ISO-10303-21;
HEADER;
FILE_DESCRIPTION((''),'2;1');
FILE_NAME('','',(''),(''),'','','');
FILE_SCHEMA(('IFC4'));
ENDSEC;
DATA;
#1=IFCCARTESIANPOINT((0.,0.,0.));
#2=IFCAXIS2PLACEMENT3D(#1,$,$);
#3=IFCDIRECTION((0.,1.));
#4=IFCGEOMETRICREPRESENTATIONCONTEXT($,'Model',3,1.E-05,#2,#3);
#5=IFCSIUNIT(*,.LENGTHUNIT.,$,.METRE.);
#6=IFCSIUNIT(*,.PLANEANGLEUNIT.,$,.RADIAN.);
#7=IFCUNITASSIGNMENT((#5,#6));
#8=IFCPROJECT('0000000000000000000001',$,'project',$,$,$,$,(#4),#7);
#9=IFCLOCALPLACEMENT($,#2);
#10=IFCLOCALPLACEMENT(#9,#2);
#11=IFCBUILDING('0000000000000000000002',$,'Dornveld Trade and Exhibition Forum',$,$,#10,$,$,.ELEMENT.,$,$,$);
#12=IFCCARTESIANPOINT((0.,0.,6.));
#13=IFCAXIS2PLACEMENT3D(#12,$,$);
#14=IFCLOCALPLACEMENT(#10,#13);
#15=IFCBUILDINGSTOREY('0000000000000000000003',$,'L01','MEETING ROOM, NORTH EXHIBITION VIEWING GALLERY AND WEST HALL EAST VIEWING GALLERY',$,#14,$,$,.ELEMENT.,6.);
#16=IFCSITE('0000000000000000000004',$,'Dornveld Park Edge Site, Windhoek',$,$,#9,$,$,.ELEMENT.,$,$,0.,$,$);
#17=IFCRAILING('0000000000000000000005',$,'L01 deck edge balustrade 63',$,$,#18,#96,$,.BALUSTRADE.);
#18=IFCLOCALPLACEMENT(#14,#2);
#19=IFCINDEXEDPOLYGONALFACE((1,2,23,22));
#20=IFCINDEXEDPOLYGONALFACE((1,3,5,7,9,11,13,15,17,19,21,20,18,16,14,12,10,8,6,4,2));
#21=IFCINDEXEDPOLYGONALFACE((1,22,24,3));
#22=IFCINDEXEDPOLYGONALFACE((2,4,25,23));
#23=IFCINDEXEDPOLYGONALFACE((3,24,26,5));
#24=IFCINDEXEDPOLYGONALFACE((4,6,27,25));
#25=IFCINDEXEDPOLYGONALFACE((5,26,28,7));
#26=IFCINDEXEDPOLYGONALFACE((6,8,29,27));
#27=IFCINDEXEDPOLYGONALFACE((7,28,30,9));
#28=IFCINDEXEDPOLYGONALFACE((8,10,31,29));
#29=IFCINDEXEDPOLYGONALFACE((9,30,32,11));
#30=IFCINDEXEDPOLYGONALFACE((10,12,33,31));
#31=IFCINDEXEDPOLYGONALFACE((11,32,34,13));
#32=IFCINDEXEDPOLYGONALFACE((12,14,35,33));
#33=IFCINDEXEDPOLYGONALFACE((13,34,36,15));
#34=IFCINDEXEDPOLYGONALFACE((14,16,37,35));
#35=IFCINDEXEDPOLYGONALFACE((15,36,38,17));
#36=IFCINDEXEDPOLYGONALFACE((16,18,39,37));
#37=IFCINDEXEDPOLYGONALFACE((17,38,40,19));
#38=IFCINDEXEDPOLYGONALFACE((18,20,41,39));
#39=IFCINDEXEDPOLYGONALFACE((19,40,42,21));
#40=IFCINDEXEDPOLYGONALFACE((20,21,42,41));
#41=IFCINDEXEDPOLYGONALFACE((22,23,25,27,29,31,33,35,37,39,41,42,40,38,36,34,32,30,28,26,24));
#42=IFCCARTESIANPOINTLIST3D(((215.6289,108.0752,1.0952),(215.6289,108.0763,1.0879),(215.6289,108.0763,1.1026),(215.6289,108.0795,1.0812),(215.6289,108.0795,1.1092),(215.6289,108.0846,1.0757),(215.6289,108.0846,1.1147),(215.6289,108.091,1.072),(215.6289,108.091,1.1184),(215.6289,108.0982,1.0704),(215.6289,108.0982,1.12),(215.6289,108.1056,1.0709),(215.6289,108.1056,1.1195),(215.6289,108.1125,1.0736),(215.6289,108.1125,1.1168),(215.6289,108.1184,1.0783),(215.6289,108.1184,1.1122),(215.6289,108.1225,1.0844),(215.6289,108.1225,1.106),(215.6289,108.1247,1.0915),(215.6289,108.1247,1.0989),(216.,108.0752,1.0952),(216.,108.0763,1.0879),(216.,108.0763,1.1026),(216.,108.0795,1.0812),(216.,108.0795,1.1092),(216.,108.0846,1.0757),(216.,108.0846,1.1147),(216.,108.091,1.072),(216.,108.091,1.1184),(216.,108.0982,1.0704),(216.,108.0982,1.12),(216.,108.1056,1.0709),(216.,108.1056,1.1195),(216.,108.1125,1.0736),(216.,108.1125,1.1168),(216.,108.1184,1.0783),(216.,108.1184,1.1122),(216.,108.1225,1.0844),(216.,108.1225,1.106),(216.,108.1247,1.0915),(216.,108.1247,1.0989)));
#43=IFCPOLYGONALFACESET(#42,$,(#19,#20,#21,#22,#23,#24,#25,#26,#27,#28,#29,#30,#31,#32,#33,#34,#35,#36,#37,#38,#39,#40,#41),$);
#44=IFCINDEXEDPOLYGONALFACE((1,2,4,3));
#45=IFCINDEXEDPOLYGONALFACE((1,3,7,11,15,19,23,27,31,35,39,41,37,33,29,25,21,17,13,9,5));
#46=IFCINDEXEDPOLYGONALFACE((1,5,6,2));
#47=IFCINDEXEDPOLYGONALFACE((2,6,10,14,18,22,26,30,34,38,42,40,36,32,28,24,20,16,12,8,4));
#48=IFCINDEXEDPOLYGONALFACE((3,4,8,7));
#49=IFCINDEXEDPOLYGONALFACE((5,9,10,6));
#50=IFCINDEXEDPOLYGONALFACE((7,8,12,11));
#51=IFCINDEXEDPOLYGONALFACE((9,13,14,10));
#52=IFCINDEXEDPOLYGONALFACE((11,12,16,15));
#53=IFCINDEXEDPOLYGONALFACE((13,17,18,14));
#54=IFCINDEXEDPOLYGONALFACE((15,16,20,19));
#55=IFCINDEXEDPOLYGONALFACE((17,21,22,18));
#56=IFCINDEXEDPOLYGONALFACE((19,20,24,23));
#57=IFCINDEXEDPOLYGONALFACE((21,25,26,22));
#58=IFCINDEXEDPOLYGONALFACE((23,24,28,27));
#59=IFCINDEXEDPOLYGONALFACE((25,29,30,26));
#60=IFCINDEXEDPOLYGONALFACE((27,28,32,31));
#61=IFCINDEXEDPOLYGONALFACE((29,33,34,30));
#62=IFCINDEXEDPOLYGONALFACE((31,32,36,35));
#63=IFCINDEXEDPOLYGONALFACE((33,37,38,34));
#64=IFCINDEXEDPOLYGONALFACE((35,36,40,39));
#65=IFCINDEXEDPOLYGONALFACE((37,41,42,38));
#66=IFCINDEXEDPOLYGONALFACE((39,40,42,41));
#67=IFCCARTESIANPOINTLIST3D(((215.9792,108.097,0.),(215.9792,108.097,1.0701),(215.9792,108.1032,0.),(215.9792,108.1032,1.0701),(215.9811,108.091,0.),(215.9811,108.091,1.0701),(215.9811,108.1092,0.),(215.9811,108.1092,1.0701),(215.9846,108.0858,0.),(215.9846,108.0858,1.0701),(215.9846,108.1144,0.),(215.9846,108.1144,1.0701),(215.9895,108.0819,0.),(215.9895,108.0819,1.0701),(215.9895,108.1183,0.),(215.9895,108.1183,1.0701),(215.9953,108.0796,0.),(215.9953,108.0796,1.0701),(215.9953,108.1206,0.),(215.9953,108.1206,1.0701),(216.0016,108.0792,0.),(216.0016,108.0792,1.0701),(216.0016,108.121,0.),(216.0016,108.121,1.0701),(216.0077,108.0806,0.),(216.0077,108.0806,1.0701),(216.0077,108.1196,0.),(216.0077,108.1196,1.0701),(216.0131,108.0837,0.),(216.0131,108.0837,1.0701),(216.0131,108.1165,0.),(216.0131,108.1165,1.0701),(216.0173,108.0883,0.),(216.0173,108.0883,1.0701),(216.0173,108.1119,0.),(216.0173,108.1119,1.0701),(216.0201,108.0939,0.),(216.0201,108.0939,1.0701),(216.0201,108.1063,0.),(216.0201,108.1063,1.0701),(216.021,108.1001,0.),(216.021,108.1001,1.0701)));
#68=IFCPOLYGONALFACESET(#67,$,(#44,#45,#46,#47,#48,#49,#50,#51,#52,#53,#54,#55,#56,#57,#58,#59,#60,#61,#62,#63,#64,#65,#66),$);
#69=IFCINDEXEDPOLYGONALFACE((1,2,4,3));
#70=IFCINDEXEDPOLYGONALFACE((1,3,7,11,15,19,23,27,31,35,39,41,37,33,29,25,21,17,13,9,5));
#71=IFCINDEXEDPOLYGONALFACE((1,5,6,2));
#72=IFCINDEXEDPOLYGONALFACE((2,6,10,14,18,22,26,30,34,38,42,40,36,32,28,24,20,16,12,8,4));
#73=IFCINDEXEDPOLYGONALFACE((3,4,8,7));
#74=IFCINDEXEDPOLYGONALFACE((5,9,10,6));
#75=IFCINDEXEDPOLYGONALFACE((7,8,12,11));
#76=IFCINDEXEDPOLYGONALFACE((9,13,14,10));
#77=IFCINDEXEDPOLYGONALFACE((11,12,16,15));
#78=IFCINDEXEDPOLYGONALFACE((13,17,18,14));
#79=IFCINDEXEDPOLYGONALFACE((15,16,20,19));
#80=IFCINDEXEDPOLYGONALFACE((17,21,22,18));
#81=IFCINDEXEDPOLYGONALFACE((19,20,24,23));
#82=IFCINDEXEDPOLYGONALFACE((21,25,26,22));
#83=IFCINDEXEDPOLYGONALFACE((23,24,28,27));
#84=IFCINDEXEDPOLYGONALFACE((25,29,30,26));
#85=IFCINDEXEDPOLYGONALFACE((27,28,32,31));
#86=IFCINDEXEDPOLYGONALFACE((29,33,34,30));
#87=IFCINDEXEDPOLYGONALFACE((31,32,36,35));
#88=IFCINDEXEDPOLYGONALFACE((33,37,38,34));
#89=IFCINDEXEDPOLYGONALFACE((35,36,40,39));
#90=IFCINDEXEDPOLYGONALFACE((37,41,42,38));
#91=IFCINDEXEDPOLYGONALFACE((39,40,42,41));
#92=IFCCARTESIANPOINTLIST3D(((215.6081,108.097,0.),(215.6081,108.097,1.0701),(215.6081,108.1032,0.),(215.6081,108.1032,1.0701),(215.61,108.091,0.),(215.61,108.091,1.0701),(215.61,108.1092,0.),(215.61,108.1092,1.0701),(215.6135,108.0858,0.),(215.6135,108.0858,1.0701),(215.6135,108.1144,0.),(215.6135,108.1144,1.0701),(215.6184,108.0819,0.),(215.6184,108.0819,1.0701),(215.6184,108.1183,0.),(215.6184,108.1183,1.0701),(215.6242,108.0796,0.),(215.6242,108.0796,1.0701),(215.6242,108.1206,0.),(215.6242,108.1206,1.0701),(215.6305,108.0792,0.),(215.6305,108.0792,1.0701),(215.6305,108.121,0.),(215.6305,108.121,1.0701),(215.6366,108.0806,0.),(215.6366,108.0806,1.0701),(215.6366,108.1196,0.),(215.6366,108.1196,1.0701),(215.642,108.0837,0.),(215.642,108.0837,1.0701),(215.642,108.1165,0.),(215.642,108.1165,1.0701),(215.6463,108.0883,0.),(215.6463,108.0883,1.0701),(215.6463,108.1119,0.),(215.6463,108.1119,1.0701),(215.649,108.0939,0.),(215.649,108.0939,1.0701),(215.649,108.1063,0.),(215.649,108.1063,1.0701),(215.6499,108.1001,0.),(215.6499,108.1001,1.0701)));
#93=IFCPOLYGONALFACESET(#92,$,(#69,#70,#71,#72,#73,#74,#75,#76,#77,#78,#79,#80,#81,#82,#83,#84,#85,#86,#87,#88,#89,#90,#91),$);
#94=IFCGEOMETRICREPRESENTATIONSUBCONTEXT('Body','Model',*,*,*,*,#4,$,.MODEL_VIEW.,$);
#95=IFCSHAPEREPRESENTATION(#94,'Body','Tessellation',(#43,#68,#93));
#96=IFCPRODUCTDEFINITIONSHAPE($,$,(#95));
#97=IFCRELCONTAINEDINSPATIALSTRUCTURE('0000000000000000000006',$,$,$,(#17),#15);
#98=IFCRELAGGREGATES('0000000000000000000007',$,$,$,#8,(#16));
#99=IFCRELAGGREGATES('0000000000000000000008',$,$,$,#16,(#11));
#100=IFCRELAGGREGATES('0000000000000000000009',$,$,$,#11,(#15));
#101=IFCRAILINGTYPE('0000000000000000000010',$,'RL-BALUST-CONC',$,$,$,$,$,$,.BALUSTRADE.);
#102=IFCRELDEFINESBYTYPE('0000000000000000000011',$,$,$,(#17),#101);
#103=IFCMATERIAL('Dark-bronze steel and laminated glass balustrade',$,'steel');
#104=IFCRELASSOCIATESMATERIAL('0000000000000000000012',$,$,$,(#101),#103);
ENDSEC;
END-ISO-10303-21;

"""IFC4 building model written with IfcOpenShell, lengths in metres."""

from ifc_helpers import new_model, si_unit, direction, frame, origin, origin_2d, place, context, subcontext, project, spatial, circle, extrude, material, type_object, element, save


model = new_model("IFC4")

# Units and contexts
model_context = context("Model", 3, precision=1e-05, world=origin(), true_north=direction((0.0, 1.0)))
body_context = subcontext(model_context, "Body", "Model", "MODEL_VIEW")
ifc_project = project(units=[si_unit("LENGTHUNIT", "METRE"), si_unit("PLANEANGLEUNIT", "RADIAN")], contexts=[model_context])

# Site, building, storey
site_placement = place(None, origin())
site = spatial("IfcSite", under=ifc_project, at=site_placement, Name="Dornveld Park Edge Site, Windhoek", CompositionType="ELEMENT", RefElevation=0.0)
building_placement = place(site_placement, origin())
building = spatial("IfcBuilding", under=site, at=building_placement, Name="Dornveld Trade and Exhibition Forum", CompositionType="ELEMENT")
storey_placement = place(building_placement, frame((0.0, 0.0, 6.0)))
storey = spatial("IfcBuildingStorey", under=building, at=storey_placement, Name="L01", Description="MEETING ROOM, NORTH EXHIBITION VIEWING GALLERY AND WEST HALL EAST VIEWING GALLERY", CompositionType="ELEMENT", Elevation=6.0)

# Railing
ifc_material_1 = material(Name="Dark-bronze steel and laminated glass balustrade", Category="steel")
railing_type = type_object("IfcRailingType", Name="RL-BALUST-CONC", PredefinedType="BALUSTRADE", material=ifc_material_1)
railing_1_placement = place(storey_placement, frame((216.0, 108.1001, 0.0)))
element("IfcRailing", 1, at=railing_1_placement, inside=storey, type_object=railing_type, Name="L01 deck edge balustrade 63", PredefinedType="BALUSTRADE", context=body_context, shape_type="SweptSolid", body=[
    extrude(circle(Radius=0.0249, at=origin_2d()), frame((0.0, 0.0, 1.0952), z_axis=(-1.0, 0.0, 0.0), x_axis=(0.0, -1.0, 0.0)), (0.0, 0.0, 1.0), 0.3711),
    extrude(circle(Radius=0.021, at=origin_2d()), origin(), (0.0, 0.0, 1.0), 1.0701),
    extrude(circle(Radius=0.021, at=origin_2d()), frame((-0.3711, 0.0, 0.0)), (0.0, 0.0, 1.0), 1.0701),
])

save(model, "model.ifc")
